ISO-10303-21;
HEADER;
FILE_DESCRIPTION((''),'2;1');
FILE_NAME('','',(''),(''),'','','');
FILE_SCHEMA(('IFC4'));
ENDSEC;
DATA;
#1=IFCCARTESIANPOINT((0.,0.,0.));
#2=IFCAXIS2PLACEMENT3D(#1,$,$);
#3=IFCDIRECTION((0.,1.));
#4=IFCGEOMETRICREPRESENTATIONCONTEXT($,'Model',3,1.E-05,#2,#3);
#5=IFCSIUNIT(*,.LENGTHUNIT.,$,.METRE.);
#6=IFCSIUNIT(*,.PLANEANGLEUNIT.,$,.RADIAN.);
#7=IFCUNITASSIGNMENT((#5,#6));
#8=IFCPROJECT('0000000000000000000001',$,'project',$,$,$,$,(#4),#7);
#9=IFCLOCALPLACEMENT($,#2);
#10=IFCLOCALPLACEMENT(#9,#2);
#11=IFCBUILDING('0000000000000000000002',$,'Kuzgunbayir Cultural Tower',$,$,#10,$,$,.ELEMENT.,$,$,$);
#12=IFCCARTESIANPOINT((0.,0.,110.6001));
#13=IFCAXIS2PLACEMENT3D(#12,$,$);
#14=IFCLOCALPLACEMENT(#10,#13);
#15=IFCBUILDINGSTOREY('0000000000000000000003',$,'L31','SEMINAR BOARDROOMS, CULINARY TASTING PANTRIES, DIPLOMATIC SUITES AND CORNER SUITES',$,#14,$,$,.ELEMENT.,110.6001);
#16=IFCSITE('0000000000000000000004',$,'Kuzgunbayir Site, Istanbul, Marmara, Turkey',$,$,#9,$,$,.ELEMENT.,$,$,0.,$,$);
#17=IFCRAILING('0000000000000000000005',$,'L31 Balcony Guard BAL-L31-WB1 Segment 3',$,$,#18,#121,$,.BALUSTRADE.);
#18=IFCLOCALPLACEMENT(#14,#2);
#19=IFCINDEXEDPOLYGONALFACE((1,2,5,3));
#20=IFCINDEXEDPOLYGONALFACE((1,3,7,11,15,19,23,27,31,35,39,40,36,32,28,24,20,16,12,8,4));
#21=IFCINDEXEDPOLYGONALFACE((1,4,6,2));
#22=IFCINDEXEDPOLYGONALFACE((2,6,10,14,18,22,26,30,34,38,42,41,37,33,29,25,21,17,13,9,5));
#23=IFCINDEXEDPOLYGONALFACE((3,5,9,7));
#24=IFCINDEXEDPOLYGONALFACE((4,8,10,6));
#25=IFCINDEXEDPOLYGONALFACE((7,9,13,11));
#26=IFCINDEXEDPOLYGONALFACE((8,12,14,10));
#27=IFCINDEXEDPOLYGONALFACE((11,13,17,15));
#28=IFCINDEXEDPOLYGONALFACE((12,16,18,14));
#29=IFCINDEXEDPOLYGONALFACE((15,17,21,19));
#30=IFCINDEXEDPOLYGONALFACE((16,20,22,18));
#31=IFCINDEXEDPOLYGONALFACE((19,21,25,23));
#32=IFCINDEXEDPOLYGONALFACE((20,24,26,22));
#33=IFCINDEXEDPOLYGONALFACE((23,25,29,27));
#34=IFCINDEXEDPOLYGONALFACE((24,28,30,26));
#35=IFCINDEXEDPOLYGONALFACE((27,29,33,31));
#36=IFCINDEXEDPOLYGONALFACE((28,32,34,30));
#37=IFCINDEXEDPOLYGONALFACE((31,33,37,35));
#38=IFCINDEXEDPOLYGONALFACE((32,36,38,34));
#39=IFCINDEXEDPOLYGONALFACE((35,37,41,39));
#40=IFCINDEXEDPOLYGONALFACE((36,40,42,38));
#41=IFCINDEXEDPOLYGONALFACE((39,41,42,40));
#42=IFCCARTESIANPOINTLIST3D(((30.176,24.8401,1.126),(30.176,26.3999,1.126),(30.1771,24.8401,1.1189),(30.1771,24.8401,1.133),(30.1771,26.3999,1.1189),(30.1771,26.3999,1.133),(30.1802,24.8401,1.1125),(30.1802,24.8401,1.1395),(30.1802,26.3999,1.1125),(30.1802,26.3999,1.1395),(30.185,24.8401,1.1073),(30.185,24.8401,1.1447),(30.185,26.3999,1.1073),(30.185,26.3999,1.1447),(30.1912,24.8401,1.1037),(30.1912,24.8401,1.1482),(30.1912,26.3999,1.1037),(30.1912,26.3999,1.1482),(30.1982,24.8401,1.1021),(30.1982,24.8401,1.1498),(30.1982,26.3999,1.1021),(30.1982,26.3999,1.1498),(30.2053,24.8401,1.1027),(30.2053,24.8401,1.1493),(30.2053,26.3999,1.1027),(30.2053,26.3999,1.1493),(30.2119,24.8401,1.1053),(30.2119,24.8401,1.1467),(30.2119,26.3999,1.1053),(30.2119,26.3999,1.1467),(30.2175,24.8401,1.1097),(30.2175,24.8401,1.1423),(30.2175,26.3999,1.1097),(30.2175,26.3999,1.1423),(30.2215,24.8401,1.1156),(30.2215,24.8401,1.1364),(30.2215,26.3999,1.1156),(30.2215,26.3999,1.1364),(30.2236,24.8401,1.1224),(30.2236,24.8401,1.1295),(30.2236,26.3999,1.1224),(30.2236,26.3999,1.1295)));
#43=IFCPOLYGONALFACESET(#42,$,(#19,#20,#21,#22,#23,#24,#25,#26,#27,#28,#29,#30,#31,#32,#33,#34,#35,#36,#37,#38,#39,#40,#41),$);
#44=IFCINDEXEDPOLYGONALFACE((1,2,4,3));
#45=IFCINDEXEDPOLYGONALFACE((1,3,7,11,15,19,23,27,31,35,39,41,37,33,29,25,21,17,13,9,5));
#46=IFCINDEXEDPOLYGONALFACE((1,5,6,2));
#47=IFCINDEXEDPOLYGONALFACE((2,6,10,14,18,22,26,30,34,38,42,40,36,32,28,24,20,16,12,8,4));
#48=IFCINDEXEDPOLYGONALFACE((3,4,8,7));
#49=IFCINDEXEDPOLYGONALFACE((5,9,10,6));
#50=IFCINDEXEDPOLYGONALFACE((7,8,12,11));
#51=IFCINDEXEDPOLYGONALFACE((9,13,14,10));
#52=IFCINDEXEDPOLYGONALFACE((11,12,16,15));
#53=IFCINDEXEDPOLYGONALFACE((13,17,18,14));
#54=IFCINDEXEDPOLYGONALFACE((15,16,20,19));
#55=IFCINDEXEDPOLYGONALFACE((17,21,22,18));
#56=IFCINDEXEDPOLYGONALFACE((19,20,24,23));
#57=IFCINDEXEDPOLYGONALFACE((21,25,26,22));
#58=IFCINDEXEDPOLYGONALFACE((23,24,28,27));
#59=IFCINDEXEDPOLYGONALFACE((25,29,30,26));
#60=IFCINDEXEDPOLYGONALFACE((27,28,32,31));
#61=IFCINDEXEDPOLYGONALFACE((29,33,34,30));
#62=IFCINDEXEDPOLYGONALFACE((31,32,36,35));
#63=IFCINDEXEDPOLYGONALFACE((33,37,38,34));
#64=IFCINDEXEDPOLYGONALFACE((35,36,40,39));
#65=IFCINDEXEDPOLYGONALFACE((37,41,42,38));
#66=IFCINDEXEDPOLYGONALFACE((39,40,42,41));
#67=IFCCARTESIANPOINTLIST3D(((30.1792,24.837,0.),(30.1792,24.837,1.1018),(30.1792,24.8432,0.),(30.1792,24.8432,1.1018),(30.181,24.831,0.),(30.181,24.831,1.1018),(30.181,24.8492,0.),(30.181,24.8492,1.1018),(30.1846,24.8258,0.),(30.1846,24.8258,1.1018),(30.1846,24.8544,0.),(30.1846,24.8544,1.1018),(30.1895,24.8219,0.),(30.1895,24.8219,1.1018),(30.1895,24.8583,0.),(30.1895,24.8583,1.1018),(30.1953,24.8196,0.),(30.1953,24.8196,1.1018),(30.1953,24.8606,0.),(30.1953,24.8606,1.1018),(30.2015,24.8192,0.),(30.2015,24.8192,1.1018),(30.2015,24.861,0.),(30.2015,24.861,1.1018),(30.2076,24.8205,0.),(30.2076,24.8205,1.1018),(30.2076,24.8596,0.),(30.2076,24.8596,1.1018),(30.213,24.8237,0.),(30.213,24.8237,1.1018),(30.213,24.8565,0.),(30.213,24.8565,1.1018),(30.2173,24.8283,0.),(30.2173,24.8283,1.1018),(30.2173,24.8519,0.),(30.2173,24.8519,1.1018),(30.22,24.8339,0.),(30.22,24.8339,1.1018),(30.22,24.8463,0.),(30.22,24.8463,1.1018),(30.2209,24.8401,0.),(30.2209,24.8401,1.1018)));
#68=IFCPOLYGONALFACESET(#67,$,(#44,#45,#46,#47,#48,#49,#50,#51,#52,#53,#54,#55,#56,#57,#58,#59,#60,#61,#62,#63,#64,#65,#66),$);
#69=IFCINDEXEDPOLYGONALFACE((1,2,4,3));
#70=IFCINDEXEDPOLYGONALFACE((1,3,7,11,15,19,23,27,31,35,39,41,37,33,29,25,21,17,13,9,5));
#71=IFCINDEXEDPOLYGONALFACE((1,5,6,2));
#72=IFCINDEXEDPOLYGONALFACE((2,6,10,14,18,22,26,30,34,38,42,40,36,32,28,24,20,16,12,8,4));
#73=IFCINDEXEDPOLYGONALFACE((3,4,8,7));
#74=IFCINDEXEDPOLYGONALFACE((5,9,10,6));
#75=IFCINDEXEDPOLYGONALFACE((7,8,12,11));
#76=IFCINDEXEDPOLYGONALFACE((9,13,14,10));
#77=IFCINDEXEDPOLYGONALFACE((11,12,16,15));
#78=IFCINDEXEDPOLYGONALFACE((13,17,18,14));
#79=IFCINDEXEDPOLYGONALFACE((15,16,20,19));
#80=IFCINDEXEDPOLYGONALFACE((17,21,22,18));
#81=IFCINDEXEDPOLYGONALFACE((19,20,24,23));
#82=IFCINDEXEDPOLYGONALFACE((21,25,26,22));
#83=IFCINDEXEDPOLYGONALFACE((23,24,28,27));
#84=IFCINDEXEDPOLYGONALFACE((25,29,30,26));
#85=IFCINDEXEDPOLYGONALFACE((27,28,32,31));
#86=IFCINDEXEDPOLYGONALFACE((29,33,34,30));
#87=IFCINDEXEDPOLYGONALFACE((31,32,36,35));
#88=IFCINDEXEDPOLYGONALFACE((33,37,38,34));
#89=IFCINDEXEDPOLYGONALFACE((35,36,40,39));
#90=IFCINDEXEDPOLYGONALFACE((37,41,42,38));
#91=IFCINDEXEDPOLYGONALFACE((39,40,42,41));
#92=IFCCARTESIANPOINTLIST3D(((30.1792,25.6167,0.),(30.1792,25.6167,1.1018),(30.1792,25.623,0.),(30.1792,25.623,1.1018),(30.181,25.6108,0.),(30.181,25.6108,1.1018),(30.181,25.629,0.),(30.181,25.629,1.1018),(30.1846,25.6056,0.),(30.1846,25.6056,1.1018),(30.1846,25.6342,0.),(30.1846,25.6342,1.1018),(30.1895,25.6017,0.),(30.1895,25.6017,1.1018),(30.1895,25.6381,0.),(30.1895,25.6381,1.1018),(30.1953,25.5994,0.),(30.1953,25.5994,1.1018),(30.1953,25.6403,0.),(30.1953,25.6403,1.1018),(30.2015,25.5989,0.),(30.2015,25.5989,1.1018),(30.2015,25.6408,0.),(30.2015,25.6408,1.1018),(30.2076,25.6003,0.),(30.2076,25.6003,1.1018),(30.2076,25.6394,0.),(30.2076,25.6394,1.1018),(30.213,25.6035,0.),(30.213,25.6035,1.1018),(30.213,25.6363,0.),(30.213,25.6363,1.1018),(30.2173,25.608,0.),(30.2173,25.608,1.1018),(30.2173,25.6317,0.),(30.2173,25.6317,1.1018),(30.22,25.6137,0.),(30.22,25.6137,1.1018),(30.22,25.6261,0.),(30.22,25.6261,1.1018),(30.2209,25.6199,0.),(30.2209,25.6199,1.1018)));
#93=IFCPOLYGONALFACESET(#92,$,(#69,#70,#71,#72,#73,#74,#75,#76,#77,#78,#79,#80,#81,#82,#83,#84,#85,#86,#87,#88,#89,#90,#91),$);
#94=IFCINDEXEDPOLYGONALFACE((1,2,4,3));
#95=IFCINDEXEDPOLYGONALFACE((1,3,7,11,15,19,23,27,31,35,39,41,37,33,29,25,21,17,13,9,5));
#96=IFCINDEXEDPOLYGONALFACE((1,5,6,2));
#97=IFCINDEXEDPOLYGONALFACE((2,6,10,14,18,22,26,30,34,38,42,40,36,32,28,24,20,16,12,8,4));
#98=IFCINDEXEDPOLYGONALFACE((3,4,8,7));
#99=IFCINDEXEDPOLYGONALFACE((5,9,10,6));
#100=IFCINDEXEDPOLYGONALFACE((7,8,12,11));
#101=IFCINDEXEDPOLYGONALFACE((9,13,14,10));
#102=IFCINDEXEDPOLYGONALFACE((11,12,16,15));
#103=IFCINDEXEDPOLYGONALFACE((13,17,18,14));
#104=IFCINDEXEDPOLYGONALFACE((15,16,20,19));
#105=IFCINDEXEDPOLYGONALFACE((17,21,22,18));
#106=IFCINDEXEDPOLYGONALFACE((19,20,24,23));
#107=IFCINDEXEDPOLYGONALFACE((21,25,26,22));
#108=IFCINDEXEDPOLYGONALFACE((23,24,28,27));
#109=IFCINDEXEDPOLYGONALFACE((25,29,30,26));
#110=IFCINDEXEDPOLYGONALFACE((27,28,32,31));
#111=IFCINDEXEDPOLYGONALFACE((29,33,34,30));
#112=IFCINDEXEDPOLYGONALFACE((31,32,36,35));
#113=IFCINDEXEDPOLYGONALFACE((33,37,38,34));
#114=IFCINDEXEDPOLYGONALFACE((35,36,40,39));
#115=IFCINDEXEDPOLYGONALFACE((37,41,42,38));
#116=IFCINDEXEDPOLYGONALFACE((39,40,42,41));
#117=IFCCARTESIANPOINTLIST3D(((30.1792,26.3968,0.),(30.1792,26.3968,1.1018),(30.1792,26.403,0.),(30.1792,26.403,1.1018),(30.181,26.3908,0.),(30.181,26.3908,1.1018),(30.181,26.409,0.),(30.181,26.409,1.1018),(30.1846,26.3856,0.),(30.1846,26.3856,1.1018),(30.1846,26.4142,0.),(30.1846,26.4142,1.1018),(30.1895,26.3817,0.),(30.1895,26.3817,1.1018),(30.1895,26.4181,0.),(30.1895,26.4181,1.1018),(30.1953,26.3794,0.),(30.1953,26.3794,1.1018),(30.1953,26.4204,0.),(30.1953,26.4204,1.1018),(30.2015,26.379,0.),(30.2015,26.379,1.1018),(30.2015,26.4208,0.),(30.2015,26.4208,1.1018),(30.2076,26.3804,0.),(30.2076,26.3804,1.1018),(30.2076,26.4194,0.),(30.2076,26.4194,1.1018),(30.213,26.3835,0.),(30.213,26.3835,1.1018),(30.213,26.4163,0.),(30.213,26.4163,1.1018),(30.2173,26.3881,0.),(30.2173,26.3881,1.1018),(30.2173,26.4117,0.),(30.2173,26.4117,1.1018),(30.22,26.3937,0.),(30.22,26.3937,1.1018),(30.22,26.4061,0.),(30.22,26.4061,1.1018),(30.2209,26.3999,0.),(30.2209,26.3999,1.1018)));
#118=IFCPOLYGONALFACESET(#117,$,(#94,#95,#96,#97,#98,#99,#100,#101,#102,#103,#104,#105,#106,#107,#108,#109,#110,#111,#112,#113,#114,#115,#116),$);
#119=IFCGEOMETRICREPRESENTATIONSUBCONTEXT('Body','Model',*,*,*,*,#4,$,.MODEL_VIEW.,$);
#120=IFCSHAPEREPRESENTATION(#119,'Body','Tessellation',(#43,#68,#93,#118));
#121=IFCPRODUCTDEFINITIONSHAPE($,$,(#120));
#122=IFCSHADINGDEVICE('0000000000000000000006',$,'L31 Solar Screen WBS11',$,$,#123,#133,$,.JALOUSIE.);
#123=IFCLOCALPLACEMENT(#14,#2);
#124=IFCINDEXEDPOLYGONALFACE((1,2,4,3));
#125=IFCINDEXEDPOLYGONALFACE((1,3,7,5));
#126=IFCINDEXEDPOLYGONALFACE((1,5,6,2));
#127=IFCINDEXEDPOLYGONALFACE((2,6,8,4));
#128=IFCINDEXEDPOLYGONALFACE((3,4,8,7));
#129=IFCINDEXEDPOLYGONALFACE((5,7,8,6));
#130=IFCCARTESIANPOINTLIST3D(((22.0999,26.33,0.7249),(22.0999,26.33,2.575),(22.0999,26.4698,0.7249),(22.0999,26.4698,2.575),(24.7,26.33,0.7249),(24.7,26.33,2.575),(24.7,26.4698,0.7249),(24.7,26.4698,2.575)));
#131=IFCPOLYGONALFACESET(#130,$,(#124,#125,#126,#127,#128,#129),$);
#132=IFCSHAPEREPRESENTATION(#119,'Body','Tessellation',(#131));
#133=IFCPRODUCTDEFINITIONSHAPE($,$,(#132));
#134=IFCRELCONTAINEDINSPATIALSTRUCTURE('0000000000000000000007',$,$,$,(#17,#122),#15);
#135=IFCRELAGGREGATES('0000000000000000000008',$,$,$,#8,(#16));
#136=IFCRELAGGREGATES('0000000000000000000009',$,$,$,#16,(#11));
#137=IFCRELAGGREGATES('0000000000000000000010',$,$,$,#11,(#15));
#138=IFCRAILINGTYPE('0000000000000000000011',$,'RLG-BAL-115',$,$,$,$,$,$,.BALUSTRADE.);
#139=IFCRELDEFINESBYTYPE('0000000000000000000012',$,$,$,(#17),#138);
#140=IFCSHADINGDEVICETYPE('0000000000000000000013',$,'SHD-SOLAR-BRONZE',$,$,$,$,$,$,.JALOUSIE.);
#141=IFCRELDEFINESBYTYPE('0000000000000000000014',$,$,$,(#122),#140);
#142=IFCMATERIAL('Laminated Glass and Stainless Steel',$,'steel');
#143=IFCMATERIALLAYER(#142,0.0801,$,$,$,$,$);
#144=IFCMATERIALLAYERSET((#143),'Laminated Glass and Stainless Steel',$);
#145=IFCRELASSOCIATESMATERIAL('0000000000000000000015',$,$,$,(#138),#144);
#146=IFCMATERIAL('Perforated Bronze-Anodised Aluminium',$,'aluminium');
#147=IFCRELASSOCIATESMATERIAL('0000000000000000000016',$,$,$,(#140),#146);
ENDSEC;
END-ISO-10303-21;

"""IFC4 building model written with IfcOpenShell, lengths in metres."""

from ifc_helpers import new_model, si_unit, direction, frame, origin, origin_2d, place, context, subcontext, project, spatial, rectangle, circle, extrude, material, layer, layer_set, type_object, element, save


model = new_model("IFC4")

# Units and contexts
model_context = context("Model", 3, precision=1e-05, world=origin(), true_north=direction((0.0, 1.0)))
body_context = subcontext(model_context, "Body", "Model", "MODEL_VIEW")
ifc_project = project(units=[si_unit("LENGTHUNIT", "METRE"), si_unit("PLANEANGLEUNIT", "RADIAN")], contexts=[model_context])

# Site, building, storey
site_placement = place(None, origin())
site = spatial("IfcSite", under=ifc_project, at=site_placement, Name="Kuzgunbayir Site, Istanbul, Marmara, Turkey", CompositionType="ELEMENT", RefElevation=0.0)
building_placement = place(site_placement, origin())
building = spatial("IfcBuilding", under=site, at=building_placement, Name="Kuzgunbayir Cultural Tower", CompositionType="ELEMENT")
storey_placement = place(building_placement, frame((0.0, 0.0, 110.6001)))
storey = spatial("IfcBuildingStorey", under=building, at=storey_placement, Name="L31", Description="SEMINAR BOARDROOMS, CULINARY TASTING PANTRIES, DIPLOMATIC SUITES AND CORNER SUITES", CompositionType="ELEMENT", Elevation=110.6001)

# Railing
ifc_material_1 = material(Name="Laminated Glass and Stainless Steel", Category="steel")
ifc_layer_1 = layer(ifc_material_1, 0.0801)
ifc_layer_set_1 = layer_set([ifc_layer_1], Name="Laminated Glass and Stainless Steel")
railing_type = type_object("IfcRailingType", Name="RLG-BAL-115", PredefinedType="BALUSTRADE", material=ifc_layer_set_1)
railing_1_placement = place(storey_placement, frame((30.2, 24.8401, 0.0)))
element("IfcRailing", 1, at=railing_1_placement, inside=storey, type_object=railing_type, Name="L31 Balcony Guard BAL-L31-WB1 Segment 3", PredefinedType="BALUSTRADE", context=body_context, shape_type="SweptSolid", body=[
    extrude(circle(Radius=0.0239, at=origin_2d()), frame((0.0, 0.0, 1.126), z_axis=(0.0, 1.0, 0.0), x_axis=(-1.0, 0.0, 0.0)), (0.0, 0.0, 1.0), 1.5598),
    extrude(circle(Radius=0.021, at=origin_2d()), origin(), (0.0, 0.0, 1.0), 1.1018),
    extrude(circle(Radius=0.021, at=origin_2d()), frame((0.0, 0.7798, 0.0)), (0.0, 0.0, 1.0), 1.1018),
    extrude(circle(Radius=0.021, at=origin_2d()), frame((0.0, 1.5598, 0.0)), (0.0, 0.0, 1.0), 1.1018),
])

# Shading device
ifc_material_2 = material(Name="Perforated Bronze-Anodised Aluminium", Category="aluminium")
shading_device_type = type_object("IfcShadingDeviceType", Name="SHD-SOLAR-BRONZE", PredefinedType="JALOUSIE", material=ifc_material_2)
shading_device_placement = place(storey_placement, frame((23.3999, 26.3999, 0.7249), z_axis=(0.0, 0.0, 1.0), x_axis=(1.0, 0.0, 0.0)))
element("IfcShadingDevice", 2, at=shading_device_placement, inside=storey, type_object=shading_device_type, Name="L31 Solar Screen WBS11", PredefinedType="JALOUSIE", context=body_context, shape_type="SweptSolid", body=[
    extrude(rectangle(XDim=2.6001, YDim=0.1399, at=origin_2d()), origin(), (0.0, 0.0, 1.0), 1.8501),
])

save(model, "model.ifc")
